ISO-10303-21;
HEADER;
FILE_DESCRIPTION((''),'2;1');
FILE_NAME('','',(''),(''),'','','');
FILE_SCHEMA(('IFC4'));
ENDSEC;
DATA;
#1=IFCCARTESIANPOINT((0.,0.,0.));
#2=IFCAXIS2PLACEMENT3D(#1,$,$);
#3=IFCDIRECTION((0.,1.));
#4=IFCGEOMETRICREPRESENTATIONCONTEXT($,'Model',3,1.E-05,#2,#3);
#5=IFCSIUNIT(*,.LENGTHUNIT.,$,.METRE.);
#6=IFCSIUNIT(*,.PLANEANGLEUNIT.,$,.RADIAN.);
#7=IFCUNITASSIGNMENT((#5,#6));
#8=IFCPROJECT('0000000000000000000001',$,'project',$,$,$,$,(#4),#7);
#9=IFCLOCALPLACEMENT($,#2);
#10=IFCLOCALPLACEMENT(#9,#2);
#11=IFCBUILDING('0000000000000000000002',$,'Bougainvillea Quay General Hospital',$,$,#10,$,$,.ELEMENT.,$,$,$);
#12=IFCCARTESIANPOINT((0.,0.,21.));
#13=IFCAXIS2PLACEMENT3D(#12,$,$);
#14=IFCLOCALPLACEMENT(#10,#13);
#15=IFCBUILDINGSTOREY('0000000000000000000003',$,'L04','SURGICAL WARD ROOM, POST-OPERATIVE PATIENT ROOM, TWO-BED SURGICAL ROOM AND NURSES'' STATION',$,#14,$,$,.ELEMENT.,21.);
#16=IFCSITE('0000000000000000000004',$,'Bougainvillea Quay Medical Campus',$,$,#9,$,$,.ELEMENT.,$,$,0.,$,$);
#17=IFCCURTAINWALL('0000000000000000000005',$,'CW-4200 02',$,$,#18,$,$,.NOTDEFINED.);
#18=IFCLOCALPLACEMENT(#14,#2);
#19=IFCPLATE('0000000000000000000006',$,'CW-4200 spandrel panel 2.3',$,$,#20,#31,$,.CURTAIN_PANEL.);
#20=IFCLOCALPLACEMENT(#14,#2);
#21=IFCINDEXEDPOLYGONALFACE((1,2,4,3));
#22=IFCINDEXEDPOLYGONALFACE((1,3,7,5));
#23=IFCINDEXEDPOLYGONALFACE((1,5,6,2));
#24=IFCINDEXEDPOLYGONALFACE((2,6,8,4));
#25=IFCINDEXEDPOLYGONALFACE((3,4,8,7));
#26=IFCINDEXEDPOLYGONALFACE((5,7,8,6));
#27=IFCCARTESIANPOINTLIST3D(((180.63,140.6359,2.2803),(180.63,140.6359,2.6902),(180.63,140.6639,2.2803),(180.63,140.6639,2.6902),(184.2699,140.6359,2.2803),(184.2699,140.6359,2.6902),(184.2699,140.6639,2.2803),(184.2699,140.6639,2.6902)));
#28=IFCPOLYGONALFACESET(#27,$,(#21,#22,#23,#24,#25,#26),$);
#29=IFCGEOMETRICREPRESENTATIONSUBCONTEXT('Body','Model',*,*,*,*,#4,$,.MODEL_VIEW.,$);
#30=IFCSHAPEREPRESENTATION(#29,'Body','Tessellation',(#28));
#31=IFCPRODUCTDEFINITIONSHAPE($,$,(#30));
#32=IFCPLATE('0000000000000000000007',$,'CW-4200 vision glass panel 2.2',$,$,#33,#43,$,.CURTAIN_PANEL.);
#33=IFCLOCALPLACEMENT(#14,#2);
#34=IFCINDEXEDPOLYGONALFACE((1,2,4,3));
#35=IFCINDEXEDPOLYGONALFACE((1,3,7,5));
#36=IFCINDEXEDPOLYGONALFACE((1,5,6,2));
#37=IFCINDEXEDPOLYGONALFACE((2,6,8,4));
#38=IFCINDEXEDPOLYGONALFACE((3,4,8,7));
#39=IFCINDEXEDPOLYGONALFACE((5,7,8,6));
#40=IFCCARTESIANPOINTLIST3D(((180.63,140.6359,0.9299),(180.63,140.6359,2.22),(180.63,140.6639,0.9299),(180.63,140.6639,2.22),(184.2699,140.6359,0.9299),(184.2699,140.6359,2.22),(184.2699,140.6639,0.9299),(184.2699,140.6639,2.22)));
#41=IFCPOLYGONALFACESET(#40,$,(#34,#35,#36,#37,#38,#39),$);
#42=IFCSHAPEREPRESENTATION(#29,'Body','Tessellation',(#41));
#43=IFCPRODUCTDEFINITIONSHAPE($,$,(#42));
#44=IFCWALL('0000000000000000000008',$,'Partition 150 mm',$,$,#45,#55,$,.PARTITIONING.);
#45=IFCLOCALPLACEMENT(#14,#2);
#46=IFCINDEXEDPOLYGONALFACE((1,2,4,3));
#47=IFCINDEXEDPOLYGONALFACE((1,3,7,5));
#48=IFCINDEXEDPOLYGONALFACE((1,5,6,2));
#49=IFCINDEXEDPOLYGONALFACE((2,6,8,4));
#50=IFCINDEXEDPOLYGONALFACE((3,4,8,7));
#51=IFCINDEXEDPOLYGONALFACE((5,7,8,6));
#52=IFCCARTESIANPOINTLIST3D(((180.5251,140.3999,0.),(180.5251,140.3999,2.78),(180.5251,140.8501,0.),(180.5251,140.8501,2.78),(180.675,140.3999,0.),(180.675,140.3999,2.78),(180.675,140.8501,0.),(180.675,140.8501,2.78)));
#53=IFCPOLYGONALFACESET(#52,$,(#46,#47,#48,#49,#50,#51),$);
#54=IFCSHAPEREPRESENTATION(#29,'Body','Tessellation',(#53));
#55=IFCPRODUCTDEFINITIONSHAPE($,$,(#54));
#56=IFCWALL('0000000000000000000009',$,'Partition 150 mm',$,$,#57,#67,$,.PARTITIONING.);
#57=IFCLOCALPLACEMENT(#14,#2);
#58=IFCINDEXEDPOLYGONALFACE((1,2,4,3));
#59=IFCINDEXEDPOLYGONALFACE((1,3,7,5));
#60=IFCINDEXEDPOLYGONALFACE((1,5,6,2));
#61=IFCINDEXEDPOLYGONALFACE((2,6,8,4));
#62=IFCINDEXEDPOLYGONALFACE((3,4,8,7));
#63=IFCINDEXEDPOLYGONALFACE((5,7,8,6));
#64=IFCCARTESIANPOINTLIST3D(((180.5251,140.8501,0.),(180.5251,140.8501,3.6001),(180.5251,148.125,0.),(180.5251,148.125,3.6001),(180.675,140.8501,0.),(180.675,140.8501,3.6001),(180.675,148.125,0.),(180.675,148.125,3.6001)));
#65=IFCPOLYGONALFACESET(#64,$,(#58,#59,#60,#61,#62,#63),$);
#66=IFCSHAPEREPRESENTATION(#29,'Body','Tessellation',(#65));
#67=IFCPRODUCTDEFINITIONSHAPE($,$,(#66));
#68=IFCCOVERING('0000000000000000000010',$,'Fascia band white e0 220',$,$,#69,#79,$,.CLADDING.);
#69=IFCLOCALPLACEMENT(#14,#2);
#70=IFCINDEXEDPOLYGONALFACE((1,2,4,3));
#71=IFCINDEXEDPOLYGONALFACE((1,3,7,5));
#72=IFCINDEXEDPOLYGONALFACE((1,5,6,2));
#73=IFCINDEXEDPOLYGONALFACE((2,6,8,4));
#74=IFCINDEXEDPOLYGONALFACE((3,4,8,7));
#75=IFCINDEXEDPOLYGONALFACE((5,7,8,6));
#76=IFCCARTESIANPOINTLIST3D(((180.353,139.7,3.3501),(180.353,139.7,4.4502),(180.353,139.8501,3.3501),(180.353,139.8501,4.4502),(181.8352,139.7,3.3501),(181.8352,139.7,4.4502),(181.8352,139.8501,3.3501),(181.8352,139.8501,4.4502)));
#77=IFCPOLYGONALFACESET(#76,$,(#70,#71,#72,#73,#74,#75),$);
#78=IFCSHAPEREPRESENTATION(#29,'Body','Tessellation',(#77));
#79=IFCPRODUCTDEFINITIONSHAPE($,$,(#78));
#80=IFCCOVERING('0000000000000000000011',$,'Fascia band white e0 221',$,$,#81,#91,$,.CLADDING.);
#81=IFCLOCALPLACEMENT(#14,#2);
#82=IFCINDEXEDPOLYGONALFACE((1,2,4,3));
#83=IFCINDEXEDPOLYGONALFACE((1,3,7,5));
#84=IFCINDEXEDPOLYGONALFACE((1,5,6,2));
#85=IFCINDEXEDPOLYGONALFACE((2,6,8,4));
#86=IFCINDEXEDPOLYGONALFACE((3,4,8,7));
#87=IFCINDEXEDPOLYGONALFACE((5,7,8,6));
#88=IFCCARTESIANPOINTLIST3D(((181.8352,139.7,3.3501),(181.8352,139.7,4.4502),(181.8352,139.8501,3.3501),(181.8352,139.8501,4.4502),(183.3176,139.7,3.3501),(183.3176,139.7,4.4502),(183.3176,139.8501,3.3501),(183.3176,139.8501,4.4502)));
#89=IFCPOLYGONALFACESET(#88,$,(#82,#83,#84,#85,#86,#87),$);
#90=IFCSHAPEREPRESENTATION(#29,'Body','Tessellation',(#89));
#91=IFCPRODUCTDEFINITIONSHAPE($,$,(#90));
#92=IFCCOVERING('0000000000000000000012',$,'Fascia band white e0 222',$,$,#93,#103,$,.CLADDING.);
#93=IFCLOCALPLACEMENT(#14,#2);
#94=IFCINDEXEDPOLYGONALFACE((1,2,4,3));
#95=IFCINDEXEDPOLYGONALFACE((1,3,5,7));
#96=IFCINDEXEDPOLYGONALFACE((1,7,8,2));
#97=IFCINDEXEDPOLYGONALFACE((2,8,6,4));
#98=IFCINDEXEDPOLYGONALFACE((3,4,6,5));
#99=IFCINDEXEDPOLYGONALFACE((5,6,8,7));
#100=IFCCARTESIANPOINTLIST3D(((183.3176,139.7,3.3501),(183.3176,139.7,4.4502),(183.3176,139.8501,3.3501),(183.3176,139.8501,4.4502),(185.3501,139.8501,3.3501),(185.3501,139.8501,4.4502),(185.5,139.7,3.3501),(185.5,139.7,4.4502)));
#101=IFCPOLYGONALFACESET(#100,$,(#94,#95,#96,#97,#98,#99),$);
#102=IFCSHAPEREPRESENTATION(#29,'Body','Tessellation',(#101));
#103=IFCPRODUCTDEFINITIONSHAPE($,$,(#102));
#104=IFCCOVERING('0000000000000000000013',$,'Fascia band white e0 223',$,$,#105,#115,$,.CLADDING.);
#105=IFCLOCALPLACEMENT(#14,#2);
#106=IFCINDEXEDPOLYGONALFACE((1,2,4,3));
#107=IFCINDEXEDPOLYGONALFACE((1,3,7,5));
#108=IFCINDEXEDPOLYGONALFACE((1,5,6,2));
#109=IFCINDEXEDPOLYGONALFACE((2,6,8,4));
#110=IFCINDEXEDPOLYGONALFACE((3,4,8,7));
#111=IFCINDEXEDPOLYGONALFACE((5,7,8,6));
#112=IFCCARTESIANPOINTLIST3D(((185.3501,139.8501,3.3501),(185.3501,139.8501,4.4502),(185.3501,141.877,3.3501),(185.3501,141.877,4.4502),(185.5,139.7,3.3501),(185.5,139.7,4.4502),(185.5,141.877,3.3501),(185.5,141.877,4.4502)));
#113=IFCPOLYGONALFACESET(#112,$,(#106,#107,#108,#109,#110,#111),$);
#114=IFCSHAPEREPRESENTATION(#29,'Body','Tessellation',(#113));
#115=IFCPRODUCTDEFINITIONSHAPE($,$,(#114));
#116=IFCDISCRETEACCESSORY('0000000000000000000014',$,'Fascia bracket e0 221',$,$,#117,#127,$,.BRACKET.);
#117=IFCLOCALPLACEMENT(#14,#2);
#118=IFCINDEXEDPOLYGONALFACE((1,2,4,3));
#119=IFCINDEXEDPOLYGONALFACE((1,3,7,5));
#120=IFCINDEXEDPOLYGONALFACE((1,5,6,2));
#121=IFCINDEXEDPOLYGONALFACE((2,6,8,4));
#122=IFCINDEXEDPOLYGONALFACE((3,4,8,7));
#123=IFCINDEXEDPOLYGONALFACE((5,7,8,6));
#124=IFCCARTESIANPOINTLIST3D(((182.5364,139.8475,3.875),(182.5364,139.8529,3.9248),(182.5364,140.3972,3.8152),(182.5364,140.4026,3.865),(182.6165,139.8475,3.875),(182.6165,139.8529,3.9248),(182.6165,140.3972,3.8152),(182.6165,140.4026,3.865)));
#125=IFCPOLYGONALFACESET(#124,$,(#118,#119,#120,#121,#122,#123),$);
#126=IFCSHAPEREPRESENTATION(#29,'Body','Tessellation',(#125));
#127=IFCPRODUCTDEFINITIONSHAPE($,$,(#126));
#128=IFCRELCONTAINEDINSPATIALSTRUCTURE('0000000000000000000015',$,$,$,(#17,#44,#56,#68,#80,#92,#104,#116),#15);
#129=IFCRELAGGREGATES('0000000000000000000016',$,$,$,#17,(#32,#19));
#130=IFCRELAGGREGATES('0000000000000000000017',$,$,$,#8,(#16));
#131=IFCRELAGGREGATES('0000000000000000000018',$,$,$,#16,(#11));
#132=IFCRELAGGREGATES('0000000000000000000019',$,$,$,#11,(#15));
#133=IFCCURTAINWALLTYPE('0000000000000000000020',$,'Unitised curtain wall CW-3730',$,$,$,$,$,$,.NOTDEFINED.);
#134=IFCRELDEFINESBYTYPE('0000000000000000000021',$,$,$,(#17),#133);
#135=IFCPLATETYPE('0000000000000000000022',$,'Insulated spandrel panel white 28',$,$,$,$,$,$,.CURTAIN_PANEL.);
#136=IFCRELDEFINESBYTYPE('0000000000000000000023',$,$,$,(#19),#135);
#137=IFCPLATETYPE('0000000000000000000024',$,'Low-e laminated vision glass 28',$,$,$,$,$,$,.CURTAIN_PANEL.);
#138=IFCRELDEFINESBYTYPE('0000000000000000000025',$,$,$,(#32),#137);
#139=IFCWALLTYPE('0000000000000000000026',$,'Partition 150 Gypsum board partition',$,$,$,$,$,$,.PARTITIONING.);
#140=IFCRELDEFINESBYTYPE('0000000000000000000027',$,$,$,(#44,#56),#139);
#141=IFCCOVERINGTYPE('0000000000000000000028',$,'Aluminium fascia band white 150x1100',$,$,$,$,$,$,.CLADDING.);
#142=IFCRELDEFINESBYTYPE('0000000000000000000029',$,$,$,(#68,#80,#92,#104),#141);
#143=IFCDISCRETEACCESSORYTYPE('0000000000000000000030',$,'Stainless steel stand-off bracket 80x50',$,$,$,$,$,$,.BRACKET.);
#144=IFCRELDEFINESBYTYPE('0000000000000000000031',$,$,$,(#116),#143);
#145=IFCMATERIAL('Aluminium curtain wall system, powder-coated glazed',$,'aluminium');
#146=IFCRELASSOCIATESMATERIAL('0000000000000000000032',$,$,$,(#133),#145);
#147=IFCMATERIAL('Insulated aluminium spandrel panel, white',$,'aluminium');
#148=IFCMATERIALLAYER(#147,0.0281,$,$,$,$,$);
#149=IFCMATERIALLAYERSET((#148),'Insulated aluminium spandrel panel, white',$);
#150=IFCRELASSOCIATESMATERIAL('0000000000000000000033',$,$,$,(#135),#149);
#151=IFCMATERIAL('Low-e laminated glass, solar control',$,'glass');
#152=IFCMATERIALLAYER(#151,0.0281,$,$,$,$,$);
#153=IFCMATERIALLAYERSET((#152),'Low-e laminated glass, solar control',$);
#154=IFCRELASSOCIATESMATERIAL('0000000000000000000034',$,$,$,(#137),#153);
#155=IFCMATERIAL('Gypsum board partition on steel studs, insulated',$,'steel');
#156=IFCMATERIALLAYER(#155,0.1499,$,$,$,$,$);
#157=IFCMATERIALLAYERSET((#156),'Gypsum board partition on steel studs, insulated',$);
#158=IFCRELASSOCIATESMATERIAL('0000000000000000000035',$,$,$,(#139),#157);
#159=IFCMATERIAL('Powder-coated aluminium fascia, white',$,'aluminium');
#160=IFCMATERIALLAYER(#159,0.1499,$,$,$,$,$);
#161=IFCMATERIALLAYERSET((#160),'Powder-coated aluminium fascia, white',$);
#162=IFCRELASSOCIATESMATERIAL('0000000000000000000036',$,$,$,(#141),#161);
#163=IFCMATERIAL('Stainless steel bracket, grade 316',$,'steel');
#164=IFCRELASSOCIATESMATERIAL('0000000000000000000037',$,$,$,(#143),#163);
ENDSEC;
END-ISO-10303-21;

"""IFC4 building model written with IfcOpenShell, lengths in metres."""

from ifc_helpers import new_model, si_unit, direction, frame, frame_2d, origin, origin_2d, place, context, subcontext, project, spatial, polyline, rectangle, outline, extrude, material, layer, layer_set, material_profile, profile_set, type_object, element, aggregate, save


model = new_model("IFC4")

# Units and contexts
model_context = context("Model", 3, precision=1e-05, world=origin(), true_north=direction((0.0, 1.0)))
body_context = subcontext(model_context, "Body", "Model", "MODEL_VIEW")
ifc_project = project(units=[si_unit("LENGTHUNIT", "METRE"), si_unit("PLANEANGLEUNIT", "RADIAN")], contexts=[model_context])

# Site, building, storey
site_placement = place(None, origin())
site = spatial("IfcSite", under=ifc_project, at=site_placement, Name="Bougainvillea Quay Medical Campus", CompositionType="ELEMENT", RefElevation=0.0)
building_placement = place(site_placement, origin())
building = spatial("IfcBuilding", under=site, at=building_placement, Name="Bougainvillea Quay General Hospital", CompositionType="ELEMENT")
storey_placement = place(building_placement, frame((0.0, 0.0, 21.0)))
storey = spatial("IfcBuildingStorey", under=building, at=storey_placement, Name="L04", Description="SURGICAL WARD ROOM, POST-OPERATIVE PATIENT ROOM, TWO-BED SURGICAL ROOM AND NURSES' STATION", CompositionType="ELEMENT", Elevation=21.0)

# Curtain wall
ifc_material_1 = material(Name="Aluminium curtain wall system, powder-coated glazed", Category="aluminium")
curtain_wall_type_1 = type_object("IfcCurtainWallType", Name="Unitised curtain wall CW-3730", PredefinedType="NOTDEFINED", material=ifc_material_1)
curtain_wall_1_placement = place(storey_placement, origin())
curtain_wall_1 = element("IfcCurtainWall", 1, at=curtain_wall_1_placement, inside=storey, type_object=curtain_wall_type_1, Name="CW-4200 02", PredefinedType="NOTDEFINED")

# Plates
ifc_material_2 = material(Name="Insulated aluminium spandrel panel, white", Category="aluminium")
ifc_layer_1 = layer(ifc_material_2, 0.0281)
ifc_layer_set_1 = layer_set([ifc_layer_1], Name="Insulated aluminium spandrel panel, white")
plate_type_1 = type_object("IfcPlateType", Name="Insulated spandrel panel white 28", PredefinedType="CURTAIN_PANEL", material=ifc_layer_set_1)
plate_1_placement = place(storey_placement, frame((182.45, 140.6499, 2.2803), z_axis=(0.0, 0.0, 1.0), x_axis=(1.0, 0.0, 0.0)))
plate_1 = element("IfcPlate", 2, at=plate_1_placement, type_object=plate_type_1, Name="CW-4200 spandrel panel 2.3", PredefinedType="CURTAIN_PANEL", context=body_context, shape_type="SweptSolid", body=[
    extrude(rectangle(XDim=3.6399, YDim=0.0281, at=origin_2d()), origin(), (0.0, 0.0, 1.0), 0.4099),
])
ifc_material_3 = material(Name="Low-e laminated glass, solar control", Category="glass")
ifc_layer_2 = layer(ifc_material_3, 0.0281)
ifc_layer_set_2 = layer_set([ifc_layer_2], Name="Low-e laminated glass, solar control")
plate_type_2 = type_object("IfcPlateType", Name="Low-e laminated vision glass 28", PredefinedType="CURTAIN_PANEL", material=ifc_layer_set_2)
plate_2_placement = place(storey_placement, frame((182.45, 140.6499, 0.9299), z_axis=(0.0, 0.0, 1.0), x_axis=(1.0, 0.0, 0.0)))
plate_2 = element("IfcPlate", 3, at=plate_2_placement, type_object=plate_type_2, Name="CW-4200 vision glass panel 2.2", PredefinedType="CURTAIN_PANEL", context=body_context, shape_type="SweptSolid", body=[
    extrude(rectangle(XDim=3.6399, YDim=0.0281, at=origin_2d()), origin(), (0.0, 0.0, 1.0), 1.29),
])
aggregate(curtain_wall_1, [plate_2, plate_1])

# Walls
ifc_material_4 = material(Name="Gypsum board partition on steel studs, insulated", Category="steel")
ifc_layer_3 = layer(ifc_material_4, 0.1499)
ifc_layer_set_3 = layer_set([ifc_layer_3], Name="Gypsum board partition on steel studs, insulated")
wall_type = type_object("IfcWallType", Name="Partition 150 Gypsum board partition", PredefinedType="PARTITIONING", material=ifc_layer_set_3)
wall_1_placement = place(storey_placement, frame((180.6001, 140.3999, 0.0), z_axis=(0.0, 0.0, 1.0), x_axis=(0.0, 1.0, 0.0)))
element("IfcWall", 4, at=wall_1_placement, inside=storey, type_object=wall_type, Name="Partition 150 mm", PredefinedType="PARTITIONING", context=body_context, shape_type="SweptSolid", body=[
    extrude(rectangle(XDim=0.4502, YDim=0.1499, at=frame_2d((0.2251, 0.0))), origin(), (0.0, 0.0, 1.0), 2.78),
])
wall_2_placement = place(storey_placement, frame((180.6001, 140.8501, 0.0), z_axis=(0.0, 0.0, 1.0), x_axis=(0.0, 1.0, 0.0)))
element("IfcWall", 5, at=wall_2_placement, inside=storey, type_object=wall_type, Name="Partition 150 mm", PredefinedType="PARTITIONING", context=body_context, shape_type="SweptSolid", body=[
    extrude(rectangle(XDim=7.2749, YDim=0.1499, at=frame_2d((3.6375, 0.0))), origin(), (0.0, 0.0, 1.0), 3.6001),
])

# Coverings
ifc_material_5 = material(Name="Powder-coated aluminium fascia, white", Category="aluminium")
ifc_layer_4 = layer(ifc_material_5, 0.1499)
ifc_layer_set_4 = layer_set([ifc_layer_4], Name="Powder-coated aluminium fascia, white")
covering_type = type_object("IfcCoveringType", Name="Aluminium fascia band white 150x1100", PredefinedType="CLADDING", material=ifc_layer_set_4)
covering_1_placement = place(storey_placement, frame((180.353, 139.8501, 3.3501), z_axis=(0.0, 0.0, 1.0), x_axis=(1.0, 0.0, 0.0)))
element("IfcCovering", 6, at=covering_1_placement, inside=storey, type_object=covering_type, Name="Fascia band white e0 220", PredefinedType="CLADDING", context=body_context, shape_type="SweptSolid", body=[
    extrude(outline(polyline([(0.0, 0.0), (1.4822, 0.0), (1.4822, -0.1501), (0.0, -0.1501), (0.0, 0.0)])), origin(), (0.0, 0.0, 1.0), 1.1001),
])
covering_2_placement = place(storey_placement, frame((181.8352, 139.8501, 3.3501), z_axis=(0.0, 0.0, 1.0), x_axis=(1.0, 0.0, 0.0)))
element("IfcCovering", 7, at=covering_2_placement, inside=storey, type_object=covering_type, Name="Fascia band white e0 221", PredefinedType="CLADDING", context=body_context, shape_type="SweptSolid", body=[
    extrude(outline(polyline([(0.0, 0.0), (1.4824, 0.0), (1.4824, -0.1501), (0.0, -0.1501), (0.0, 0.0)])), origin(), (0.0, 0.0, 1.0), 1.1001),
])
covering_3_placement = place(storey_placement, frame((183.3176, 139.8501, 3.3501), z_axis=(0.0, 0.0, 1.0), x_axis=(1.0, 0.0, 0.0)))
element("IfcCovering", 8, at=covering_3_placement, inside=storey, type_object=covering_type, Name="Fascia band white e0 222", PredefinedType="CLADDING", context=body_context, shape_type="SweptSolid", body=[
    extrude(outline(polyline([(0.0, 0.0), (2.0325, 0.0), (2.1824, -0.1501), (0.0, -0.1501), (0.0, 0.0)])), origin(), (0.0, 0.0, 1.0), 1.1001),
])
covering_4_placement = place(storey_placement, frame((185.3501, 139.8501, 3.3501), z_axis=(0.0, 0.0, 1.0), x_axis=(0.0, 1.0, 0.0)))
element("IfcCovering", 9, at=covering_4_placement, inside=storey, type_object=covering_type, Name="Fascia band white e0 223", PredefinedType="CLADDING", context=body_context, shape_type="SweptSolid", body=[
    extrude(outline(polyline([(0.0, 0.0), (2.0269, 0.0), (2.0269, -0.1499), (-0.1501, -0.1499), (0.0, 0.0)])), origin(), (0.0, 0.0, 1.0), 1.1001),
])

# Discrete accessory
ifc_material_6 = material(Name="Stainless steel bracket, grade 316", Category="steel")
ifc_material_profile_1 = material_profile(ifc_material_6, rectangle(XDim=0.0801, YDim=0.05, at=origin_2d()))
ifc_profile_set_1 = profile_set([ifc_material_profile_1], Name="Stainless steel bracket, grade 316")
discrete_accessory_type = type_object("IfcDiscreteAccessoryType", Name="Stainless steel stand-off bracket 80x50", PredefinedType="BRACKET", material=ifc_profile_set_1)
discrete_accessory_placement = place(storey_placement, frame((182.5764, 140.3999, 3.8401), z_axis=(0.0, -0.994134, 0.108154), x_axis=(1.0, 0.0, 0.0)))
element("IfcDiscreteAccessory", 10, at=discrete_accessory_placement, inside=storey, type_object=discrete_accessory_type, Name="Fascia bracket e0 221", PredefinedType="BRACKET", context=body_context, shape_type="SweptSolid", body=[
    extrude(rectangle(XDim=0.0801, YDim=0.05, at=origin_2d()), origin(), (0.0, 0.0, 1.0), 0.553),
])

save(model, "model.ifc")
